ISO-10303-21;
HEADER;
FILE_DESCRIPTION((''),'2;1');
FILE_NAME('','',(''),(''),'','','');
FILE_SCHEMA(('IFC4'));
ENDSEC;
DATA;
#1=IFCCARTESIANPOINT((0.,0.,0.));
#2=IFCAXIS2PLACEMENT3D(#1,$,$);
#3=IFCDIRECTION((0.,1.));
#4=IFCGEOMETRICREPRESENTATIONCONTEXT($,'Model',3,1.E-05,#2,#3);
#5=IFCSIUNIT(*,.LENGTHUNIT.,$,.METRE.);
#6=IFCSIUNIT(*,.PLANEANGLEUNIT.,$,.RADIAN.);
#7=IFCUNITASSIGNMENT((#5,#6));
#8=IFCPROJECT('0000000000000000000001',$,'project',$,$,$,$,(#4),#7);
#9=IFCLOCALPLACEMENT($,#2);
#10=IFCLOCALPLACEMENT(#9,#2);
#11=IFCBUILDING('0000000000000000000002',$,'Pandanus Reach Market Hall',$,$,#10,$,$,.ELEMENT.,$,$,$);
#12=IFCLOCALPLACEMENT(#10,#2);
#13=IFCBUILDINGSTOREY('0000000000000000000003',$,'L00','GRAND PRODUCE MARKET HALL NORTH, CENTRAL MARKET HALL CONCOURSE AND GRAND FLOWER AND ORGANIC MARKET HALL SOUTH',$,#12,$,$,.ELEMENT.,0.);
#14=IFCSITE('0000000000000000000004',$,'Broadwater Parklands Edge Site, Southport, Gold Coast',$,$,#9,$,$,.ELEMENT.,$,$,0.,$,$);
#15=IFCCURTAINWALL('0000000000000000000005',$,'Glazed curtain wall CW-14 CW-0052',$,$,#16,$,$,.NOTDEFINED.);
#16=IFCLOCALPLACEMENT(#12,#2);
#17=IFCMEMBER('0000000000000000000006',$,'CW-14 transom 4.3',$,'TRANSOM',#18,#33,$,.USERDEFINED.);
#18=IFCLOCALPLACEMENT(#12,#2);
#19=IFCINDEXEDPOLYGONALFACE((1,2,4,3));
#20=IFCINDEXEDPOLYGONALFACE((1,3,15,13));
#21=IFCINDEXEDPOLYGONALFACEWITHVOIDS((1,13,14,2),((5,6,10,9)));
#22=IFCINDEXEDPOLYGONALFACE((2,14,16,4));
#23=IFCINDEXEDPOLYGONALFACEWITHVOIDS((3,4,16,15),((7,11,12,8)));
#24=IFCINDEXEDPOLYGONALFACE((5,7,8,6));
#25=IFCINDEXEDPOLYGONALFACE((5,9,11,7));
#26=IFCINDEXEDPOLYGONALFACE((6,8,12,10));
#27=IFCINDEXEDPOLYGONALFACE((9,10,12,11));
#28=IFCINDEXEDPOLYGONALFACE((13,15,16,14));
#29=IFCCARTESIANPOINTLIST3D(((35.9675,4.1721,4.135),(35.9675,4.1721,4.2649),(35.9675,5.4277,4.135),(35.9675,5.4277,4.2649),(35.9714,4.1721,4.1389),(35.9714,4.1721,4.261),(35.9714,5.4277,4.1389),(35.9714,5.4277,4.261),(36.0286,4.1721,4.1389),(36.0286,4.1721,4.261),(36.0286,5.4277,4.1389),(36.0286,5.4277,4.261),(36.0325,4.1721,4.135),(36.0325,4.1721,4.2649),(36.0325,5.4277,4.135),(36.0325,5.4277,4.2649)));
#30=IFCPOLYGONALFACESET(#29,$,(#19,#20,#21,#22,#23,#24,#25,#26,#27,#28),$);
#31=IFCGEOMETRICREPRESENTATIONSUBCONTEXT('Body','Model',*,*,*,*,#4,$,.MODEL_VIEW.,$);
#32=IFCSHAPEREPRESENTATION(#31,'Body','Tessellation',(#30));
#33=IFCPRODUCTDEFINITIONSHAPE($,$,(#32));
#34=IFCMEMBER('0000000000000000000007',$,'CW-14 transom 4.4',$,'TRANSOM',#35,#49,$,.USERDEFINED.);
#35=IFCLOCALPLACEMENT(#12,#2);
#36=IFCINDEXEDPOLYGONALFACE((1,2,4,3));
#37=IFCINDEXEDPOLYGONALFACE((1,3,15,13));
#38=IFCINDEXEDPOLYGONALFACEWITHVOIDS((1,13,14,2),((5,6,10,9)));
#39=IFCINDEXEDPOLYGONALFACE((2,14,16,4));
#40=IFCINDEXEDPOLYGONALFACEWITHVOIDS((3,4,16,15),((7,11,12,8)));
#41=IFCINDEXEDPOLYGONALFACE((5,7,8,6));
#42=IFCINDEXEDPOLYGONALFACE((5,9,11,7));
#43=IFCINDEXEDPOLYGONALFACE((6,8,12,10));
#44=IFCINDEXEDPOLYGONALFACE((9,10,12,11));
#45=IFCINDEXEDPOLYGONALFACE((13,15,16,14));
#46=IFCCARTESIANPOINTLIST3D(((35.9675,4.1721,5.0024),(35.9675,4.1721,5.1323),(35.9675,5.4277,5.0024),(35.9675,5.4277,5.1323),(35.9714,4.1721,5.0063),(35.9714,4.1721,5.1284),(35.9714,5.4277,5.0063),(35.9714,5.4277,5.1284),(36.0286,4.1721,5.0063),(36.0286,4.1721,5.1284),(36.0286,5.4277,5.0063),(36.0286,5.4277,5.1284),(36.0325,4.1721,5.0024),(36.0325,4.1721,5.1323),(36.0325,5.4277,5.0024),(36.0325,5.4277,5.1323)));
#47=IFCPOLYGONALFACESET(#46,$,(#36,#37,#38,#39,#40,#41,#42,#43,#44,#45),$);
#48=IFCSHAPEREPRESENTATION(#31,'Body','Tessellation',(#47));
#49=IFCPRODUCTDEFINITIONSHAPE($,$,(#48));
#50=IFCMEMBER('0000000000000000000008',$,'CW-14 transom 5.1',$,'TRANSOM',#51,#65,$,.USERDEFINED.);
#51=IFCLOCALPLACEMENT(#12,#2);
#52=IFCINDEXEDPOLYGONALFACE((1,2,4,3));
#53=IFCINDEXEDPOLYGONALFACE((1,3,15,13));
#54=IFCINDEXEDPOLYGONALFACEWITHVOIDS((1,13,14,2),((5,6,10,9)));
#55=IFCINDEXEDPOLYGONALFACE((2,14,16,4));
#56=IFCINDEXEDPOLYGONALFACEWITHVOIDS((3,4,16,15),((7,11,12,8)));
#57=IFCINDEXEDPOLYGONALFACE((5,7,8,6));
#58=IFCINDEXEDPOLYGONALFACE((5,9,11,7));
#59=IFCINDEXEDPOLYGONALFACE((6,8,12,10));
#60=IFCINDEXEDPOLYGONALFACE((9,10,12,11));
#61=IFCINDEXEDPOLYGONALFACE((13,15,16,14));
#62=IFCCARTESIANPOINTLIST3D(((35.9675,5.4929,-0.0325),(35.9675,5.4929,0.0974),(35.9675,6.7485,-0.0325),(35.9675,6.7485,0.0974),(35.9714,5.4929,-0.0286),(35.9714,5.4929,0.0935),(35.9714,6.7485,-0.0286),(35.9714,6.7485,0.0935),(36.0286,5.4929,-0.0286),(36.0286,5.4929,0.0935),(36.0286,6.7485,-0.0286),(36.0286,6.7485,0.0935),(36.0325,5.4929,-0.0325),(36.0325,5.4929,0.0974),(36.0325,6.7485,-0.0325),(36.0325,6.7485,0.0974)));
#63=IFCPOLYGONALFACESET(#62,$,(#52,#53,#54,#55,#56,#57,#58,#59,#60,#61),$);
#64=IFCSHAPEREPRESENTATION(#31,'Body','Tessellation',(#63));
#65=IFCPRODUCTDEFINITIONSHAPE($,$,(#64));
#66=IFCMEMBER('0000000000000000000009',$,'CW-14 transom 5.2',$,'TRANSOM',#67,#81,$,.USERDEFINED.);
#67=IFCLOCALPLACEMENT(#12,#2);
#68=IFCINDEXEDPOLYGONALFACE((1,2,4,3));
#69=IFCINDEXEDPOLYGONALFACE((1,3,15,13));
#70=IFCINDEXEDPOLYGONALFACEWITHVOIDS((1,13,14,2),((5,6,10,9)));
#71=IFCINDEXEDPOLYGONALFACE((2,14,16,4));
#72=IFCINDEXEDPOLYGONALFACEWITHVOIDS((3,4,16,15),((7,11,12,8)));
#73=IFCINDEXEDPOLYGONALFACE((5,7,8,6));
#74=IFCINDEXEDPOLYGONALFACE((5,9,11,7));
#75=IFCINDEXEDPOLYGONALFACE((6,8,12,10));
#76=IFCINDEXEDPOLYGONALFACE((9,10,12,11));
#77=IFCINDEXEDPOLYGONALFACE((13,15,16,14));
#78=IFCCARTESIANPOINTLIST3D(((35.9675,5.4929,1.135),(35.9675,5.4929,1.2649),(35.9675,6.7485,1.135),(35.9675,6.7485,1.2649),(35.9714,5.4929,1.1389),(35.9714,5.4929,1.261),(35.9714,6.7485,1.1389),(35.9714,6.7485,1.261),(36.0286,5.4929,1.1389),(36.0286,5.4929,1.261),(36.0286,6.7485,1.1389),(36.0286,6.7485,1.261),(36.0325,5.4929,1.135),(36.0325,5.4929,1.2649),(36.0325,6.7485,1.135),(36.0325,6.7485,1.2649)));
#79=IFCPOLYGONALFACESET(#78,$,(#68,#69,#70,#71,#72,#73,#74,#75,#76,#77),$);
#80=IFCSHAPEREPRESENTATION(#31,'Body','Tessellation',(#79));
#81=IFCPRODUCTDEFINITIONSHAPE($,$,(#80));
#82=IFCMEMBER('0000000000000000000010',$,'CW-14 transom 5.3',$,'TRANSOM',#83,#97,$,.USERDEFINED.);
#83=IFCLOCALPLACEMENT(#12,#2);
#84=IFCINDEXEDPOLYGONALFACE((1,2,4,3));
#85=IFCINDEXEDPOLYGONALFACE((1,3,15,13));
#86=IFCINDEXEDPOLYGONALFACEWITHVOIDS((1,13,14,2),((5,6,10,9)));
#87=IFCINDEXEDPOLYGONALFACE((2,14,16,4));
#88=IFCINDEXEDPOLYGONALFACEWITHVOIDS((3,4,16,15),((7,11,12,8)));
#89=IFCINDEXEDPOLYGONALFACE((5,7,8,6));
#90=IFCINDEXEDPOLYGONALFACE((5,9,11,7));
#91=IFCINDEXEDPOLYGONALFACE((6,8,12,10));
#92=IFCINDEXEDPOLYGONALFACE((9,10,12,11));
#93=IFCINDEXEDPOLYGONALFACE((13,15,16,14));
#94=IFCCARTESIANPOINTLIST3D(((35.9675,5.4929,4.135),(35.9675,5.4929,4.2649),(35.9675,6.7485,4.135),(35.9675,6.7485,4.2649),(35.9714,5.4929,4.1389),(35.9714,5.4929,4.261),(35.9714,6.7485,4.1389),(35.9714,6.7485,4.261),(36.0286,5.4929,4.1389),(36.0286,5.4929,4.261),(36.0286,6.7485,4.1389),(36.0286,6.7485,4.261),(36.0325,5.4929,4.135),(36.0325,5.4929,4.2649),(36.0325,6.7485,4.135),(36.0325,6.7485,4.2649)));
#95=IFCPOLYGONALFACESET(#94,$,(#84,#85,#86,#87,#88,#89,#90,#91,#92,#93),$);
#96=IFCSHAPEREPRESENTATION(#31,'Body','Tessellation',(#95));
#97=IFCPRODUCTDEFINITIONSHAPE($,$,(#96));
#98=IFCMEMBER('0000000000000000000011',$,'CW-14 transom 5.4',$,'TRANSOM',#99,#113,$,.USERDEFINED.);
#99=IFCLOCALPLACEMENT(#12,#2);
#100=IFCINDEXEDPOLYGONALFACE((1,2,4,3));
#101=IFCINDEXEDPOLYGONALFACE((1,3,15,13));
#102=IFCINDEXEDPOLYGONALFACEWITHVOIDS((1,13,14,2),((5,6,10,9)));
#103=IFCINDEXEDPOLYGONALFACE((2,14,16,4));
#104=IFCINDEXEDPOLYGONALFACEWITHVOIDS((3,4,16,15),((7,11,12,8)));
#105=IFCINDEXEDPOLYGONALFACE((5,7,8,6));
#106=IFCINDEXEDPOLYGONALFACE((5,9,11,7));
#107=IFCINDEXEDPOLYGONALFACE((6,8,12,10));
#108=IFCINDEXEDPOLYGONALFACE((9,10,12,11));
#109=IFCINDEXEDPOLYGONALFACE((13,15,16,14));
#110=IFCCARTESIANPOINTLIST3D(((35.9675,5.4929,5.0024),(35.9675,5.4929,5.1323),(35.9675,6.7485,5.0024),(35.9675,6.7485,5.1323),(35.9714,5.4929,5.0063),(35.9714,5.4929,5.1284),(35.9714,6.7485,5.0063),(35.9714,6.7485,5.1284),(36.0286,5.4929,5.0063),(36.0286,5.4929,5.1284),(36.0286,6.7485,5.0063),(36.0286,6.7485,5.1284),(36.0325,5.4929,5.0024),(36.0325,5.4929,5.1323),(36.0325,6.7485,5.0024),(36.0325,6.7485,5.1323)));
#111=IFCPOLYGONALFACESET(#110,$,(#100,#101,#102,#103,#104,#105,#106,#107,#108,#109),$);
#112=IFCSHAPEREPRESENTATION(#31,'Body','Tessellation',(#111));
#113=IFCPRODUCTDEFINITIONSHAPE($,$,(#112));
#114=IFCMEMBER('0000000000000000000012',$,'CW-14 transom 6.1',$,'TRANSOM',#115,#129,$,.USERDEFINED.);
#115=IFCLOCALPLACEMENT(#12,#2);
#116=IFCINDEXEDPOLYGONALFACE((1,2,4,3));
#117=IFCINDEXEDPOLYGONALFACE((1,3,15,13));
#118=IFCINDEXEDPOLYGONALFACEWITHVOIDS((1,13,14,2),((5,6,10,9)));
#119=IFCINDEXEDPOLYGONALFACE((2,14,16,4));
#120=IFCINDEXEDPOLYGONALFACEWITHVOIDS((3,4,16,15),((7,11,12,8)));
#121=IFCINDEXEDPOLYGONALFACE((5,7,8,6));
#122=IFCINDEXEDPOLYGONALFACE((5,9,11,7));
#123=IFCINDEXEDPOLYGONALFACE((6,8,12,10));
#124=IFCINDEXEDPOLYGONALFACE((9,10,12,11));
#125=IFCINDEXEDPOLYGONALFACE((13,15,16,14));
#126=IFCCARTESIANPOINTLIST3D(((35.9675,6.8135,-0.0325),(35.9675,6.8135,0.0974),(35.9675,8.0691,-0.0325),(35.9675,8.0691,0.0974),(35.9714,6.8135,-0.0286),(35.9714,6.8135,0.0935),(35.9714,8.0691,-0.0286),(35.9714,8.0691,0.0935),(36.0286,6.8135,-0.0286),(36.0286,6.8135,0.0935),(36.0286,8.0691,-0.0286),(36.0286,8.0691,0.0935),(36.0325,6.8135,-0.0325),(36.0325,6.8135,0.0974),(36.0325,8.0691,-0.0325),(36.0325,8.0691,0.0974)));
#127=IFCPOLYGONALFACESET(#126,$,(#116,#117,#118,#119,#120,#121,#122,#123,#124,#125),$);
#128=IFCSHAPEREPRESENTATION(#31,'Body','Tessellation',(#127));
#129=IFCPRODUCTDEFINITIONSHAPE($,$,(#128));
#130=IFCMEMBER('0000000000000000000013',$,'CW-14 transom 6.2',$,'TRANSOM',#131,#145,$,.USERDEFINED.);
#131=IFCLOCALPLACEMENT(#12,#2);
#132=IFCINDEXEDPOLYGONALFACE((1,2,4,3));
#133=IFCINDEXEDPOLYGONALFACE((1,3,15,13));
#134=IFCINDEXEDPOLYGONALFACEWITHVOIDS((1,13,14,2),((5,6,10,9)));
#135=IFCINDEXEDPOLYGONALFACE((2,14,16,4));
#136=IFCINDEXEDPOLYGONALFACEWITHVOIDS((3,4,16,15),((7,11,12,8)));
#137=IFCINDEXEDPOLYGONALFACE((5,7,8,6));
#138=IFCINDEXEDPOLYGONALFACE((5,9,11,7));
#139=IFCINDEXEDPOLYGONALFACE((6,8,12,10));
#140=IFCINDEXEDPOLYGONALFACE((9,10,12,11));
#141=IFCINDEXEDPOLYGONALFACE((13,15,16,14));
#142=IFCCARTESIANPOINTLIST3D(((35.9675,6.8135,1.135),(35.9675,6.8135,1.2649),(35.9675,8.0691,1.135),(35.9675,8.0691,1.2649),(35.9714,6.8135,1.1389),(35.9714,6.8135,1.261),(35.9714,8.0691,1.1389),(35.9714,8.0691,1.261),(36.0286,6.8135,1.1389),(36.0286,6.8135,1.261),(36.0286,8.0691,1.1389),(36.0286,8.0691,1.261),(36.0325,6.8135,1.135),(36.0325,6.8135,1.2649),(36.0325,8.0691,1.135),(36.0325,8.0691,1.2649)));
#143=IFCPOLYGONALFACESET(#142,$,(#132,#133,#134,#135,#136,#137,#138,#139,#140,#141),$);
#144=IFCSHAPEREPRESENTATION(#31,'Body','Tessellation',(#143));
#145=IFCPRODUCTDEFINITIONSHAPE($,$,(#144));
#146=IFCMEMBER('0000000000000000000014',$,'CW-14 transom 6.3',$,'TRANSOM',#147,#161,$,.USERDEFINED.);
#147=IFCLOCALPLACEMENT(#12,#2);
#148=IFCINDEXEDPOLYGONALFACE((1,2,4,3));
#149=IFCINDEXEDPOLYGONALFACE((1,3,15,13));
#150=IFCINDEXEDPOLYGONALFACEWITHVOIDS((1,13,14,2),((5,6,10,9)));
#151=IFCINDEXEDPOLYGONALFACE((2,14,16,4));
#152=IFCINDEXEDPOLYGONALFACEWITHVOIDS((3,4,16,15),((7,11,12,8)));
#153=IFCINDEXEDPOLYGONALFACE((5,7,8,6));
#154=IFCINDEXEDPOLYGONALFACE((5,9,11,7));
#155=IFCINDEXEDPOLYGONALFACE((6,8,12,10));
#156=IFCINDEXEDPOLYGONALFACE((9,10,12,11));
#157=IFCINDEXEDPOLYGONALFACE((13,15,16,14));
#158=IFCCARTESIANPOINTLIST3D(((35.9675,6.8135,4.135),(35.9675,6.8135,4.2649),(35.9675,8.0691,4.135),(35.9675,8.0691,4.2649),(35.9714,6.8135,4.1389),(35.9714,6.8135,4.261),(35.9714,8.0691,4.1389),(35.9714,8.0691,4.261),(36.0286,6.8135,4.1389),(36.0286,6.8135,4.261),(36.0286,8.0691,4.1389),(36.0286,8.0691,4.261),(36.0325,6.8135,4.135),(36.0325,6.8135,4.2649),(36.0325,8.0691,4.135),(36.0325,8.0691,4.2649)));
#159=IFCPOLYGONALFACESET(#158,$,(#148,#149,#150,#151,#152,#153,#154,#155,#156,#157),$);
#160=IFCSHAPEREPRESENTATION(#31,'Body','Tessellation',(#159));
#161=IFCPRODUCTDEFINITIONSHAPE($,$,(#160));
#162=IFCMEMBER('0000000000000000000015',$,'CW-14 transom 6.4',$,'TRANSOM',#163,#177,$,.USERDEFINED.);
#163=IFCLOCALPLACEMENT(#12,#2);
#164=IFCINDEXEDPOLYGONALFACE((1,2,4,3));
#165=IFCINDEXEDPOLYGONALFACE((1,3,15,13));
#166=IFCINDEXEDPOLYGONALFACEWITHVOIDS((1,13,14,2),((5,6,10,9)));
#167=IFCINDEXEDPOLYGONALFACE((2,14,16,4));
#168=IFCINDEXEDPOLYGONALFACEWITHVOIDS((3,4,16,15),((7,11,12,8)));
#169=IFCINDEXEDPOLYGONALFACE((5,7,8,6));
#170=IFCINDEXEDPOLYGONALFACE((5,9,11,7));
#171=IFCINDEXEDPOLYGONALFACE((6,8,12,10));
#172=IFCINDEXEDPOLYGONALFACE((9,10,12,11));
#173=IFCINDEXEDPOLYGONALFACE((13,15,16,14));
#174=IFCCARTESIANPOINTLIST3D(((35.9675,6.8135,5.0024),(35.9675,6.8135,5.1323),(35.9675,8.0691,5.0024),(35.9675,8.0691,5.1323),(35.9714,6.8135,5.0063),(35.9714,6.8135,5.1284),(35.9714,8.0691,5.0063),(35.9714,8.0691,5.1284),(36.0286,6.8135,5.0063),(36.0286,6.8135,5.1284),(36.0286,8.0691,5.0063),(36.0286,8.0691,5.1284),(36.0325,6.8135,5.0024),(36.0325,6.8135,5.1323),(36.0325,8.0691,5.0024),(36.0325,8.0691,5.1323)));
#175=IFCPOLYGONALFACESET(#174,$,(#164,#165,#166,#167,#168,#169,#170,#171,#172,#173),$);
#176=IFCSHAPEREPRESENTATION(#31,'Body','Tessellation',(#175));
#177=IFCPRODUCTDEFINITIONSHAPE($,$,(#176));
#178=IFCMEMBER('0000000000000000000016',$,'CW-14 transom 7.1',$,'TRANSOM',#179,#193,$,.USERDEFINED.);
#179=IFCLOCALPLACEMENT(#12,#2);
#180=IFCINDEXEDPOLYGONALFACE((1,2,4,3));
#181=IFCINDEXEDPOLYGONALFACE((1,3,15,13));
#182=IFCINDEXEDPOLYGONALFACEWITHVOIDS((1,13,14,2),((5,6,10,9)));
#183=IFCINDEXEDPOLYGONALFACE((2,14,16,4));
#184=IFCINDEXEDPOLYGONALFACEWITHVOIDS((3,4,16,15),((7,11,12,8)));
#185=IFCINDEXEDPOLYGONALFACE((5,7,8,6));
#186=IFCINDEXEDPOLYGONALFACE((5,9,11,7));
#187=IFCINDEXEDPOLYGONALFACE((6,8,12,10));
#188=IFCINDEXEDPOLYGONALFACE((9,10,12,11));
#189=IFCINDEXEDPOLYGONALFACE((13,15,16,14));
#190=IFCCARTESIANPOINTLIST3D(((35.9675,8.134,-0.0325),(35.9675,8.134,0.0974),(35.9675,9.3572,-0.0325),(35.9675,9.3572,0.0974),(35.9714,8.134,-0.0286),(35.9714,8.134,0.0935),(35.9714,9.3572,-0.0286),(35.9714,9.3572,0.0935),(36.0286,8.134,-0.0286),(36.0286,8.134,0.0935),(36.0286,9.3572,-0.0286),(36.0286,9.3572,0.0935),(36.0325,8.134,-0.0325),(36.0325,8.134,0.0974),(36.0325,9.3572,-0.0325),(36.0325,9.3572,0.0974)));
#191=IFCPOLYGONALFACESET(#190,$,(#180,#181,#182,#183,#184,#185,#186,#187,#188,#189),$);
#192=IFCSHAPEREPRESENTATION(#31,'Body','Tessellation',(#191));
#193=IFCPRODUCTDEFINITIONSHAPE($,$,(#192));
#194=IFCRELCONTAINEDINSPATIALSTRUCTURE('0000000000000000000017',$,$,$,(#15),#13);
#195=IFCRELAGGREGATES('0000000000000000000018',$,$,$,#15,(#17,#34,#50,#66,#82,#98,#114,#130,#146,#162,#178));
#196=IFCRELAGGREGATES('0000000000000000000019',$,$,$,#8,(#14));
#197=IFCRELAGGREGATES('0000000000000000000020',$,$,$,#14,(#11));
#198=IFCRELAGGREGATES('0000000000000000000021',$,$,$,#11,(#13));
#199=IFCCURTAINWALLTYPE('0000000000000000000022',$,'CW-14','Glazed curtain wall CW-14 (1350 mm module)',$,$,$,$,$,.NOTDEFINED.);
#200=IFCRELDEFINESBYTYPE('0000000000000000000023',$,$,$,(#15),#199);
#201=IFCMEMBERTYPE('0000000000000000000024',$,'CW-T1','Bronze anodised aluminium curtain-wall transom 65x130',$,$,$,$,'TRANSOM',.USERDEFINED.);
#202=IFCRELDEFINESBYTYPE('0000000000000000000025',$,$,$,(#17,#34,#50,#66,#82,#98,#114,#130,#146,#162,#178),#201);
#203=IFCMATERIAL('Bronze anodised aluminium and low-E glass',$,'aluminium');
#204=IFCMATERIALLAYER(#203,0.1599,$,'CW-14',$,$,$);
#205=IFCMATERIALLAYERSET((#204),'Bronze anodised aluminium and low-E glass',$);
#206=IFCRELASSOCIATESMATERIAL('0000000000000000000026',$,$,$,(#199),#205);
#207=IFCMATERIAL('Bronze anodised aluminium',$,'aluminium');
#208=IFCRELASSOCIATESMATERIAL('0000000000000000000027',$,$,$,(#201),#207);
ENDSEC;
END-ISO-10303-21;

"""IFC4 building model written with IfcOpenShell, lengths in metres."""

from ifc_helpers import new_model, si_unit, direction, frame, origin, origin_2d, place, context, subcontext, project, spatial, hollow_rectangle, extrude, material, layer, layer_set, material_profile, profile_set, type_object, element, aggregate, save


model = new_model("IFC4")

# Units and contexts
model_context = context("Model", 3, precision=1e-05, world=origin(), true_north=direction((0.0, 1.0)))
body_context = subcontext(model_context, "Body", "Model", "MODEL_VIEW")
ifc_project = project(units=[si_unit("LENGTHUNIT", "METRE"), si_unit("PLANEANGLEUNIT", "RADIAN")], contexts=[model_context])

# Site, building, storey
site_placement = place(None, origin())
site = spatial("IfcSite", under=ifc_project, at=site_placement, Name="Broadwater Parklands Edge Site, Southport, Gold Coast", CompositionType="ELEMENT", RefElevation=0.0)
building_placement = place(site_placement, origin())
building = spatial("IfcBuilding", under=site, at=building_placement, Name="Pandanus Reach Market Hall", CompositionType="ELEMENT")
storey_placement = place(building_placement, origin())
storey = spatial("IfcBuildingStorey", under=building, at=storey_placement, Name="L00", Description="GRAND PRODUCE MARKET HALL NORTH, CENTRAL MARKET HALL CONCOURSE AND GRAND FLOWER AND ORGANIC MARKET HALL SOUTH", CompositionType="ELEMENT", Elevation=0.0)

# Curtain wall, members
ifc_material_1 = material(Name="Bronze anodised aluminium and low-E glass", Category="aluminium")
ifc_layer_1 = layer(ifc_material_1, 0.1599, Name="CW-14")
ifc_layer_set_1 = layer_set([ifc_layer_1], Name="Bronze anodised aluminium and low-E glass")
curtain_wall_type = type_object("IfcCurtainWallType", Name="CW-14", Description="Glazed curtain wall CW-14 (1350 mm module)", PredefinedType="NOTDEFINED", material=ifc_layer_set_1)
curtain_wall_placement = place(storey_placement, origin())
curtain_wall = element("IfcCurtainWall", 1, at=curtain_wall_placement, inside=storey, type_object=curtain_wall_type, Name="Glazed curtain wall CW-14 CW-0052", PredefinedType="NOTDEFINED")
ifc_material_2 = material(Name="Bronze anodised aluminium", Category="aluminium")
ifc_material_profile_1 = material_profile(ifc_material_2, hollow_rectangle(XDim=0.0649, YDim=0.1299, WallThickness=0.0039, at=origin_2d()), Name="ALU65x130", Category="LoadBearing")
ifc_profile_set_1 = profile_set([ifc_material_profile_1], Name="Bronze anodised aluminium")
member_type_1 = type_object("IfcMemberType", Name="CW-T1", Description="Bronze anodised aluminium curtain-wall transom 65x130", ElementType="TRANSOM", PredefinedType="USERDEFINED", material=ifc_profile_set_1)
member_1_placement = place(storey_placement, frame((36.0, 4.1721, 4.2), z_axis=(0.0, 1.0, 0.0), x_axis=(-1.0, 0.0, 0.0)))
member_1 = element("IfcMember", 2, at=member_1_placement, type_object=member_type_1, Name="CW-14 transom 4.3", ObjectType="TRANSOM", PredefinedType="USERDEFINED", context=body_context, shape_type="SweptSolid", body=[
    extrude(hollow_rectangle(XDim=0.0649, YDim=0.1299, WallThickness=0.0039, at=origin_2d()), origin(), (0.0, 0.0, 1.0), 1.2556),
])
member_2_placement = place(storey_placement, frame((36.0, 4.1721, 5.0674), z_axis=(0.0, 1.0, 0.0), x_axis=(-1.0, 0.0, 0.0)))
member_2 = element("IfcMember", 3, at=member_2_placement, type_object=member_type_1, Name="CW-14 transom 4.4", ObjectType="TRANSOM", PredefinedType="USERDEFINED", context=body_context, shape_type="SweptSolid", body=[
    extrude(hollow_rectangle(XDim=0.0649, YDim=0.1299, WallThickness=0.0039, at=origin_2d()), origin(), (0.0, 0.0, 1.0), 1.2556),
])
member_3_placement = place(storey_placement, frame((36.0, 5.4929, 0.0325), z_axis=(0.0, 1.0, 0.0), x_axis=(-1.0, 0.0, 0.0)))
member_3 = element("IfcMember", 4, at=member_3_placement, type_object=member_type_1, Name="CW-14 transom 5.1", ObjectType="TRANSOM", PredefinedType="USERDEFINED", context=body_context, shape_type="SweptSolid", body=[
    extrude(hollow_rectangle(XDim=0.0649, YDim=0.1299, WallThickness=0.0039, at=origin_2d()), origin(), (0.0, 0.0, 1.0), 1.2556),
])
member_4_placement = place(storey_placement, frame((36.0, 5.4929, 1.2), z_axis=(0.0, 1.0, 0.0), x_axis=(-1.0, 0.0, 0.0)))
member_4 = element("IfcMember", 5, at=member_4_placement, type_object=member_type_1, Name="CW-14 transom 5.2", ObjectType="TRANSOM", PredefinedType="USERDEFINED", context=body_context, shape_type="SweptSolid", body=[
    extrude(hollow_rectangle(XDim=0.0649, YDim=0.1299, WallThickness=0.0039, at=origin_2d()), origin(), (0.0, 0.0, 1.0), 1.2556),
])
member_5_placement = place(storey_placement, frame((36.0, 5.4929, 4.2), z_axis=(0.0, 1.0, 0.0), x_axis=(-1.0, 0.0, 0.0)))
member_5 = element("IfcMember", 6, at=member_5_placement, type_object=member_type_1, Name="CW-14 transom 5.3", ObjectType="TRANSOM", PredefinedType="USERDEFINED", context=body_context, shape_type="SweptSolid", body=[
    extrude(hollow_rectangle(XDim=0.0649, YDim=0.1299, WallThickness=0.0039, at=origin_2d()), origin(), (0.0, 0.0, 1.0), 1.2556),
])
member_6_placement = place(storey_placement, frame((36.0, 5.4929, 5.0674), z_axis=(0.0, 1.0, 0.0), x_axis=(-1.0, 0.0, 0.0)))
member_6 = element("IfcMember", 7, at=member_6_placement, type_object=member_type_1, Name="CW-14 transom 5.4", ObjectType="TRANSOM", PredefinedType="USERDEFINED", context=body_context, shape_type="SweptSolid", body=[
    extrude(hollow_rectangle(XDim=0.0649, YDim=0.1299, WallThickness=0.0039, at=origin_2d()), origin(), (0.0, 0.0, 1.0), 1.2556),
])
member_7_placement = place(storey_placement, frame((36.0, 6.8135, 0.0325), z_axis=(0.0, 1.0, 0.0), x_axis=(-1.0, 0.0, 0.0)))
member_7 = element("IfcMember", 8, at=member_7_placement, type_object=member_type_1, Name="CW-14 transom 6.1", ObjectType="TRANSOM", PredefinedType="USERDEFINED", context=body_context, shape_type="SweptSolid", body=[
    extrude(hollow_rectangle(XDim=0.0649, YDim=0.1299, WallThickness=0.0039, at=origin_2d()), origin(), (0.0, 0.0, 1.0), 1.2556),
])
member_8_placement = place(storey_placement, frame((36.0, 6.8135, 1.2), z_axis=(0.0, 1.0, 0.0), x_axis=(-1.0, 0.0, 0.0)))
member_8 = element("IfcMember", 9, at=member_8_placement, type_object=member_type_1, Name="CW-14 transom 6.2", ObjectType="TRANSOM", PredefinedType="USERDEFINED", context=body_context, shape_type="SweptSolid", body=[
    extrude(hollow_rectangle(XDim=0.0649, YDim=0.1299, WallThickness=0.0039, at=origin_2d()), origin(), (0.0, 0.0, 1.0), 1.2556),
])
member_9_placement = place(storey_placement, frame((36.0, 6.8135, 4.2), z_axis=(0.0, 1.0, 0.0), x_axis=(-1.0, 0.0, 0.0)))
member_9 = element("IfcMember", 10, at=member_9_placement, type_object=member_type_1, Name="CW-14 transom 6.3", ObjectType="TRANSOM", PredefinedType="USERDEFINED", context=body_context, shape_type="SweptSolid", body=[
    extrude(hollow_rectangle(XDim=0.0649, YDim=0.1299, WallThickness=0.0039, at=origin_2d()), origin(), (0.0, 0.0, 1.0), 1.2556),
])
member_10_placement = place(storey_placement, frame((36.0, 6.8135, 5.0674), z_axis=(0.0, 1.0, 0.0), x_axis=(-1.0, 0.0, 0.0)))
member_10 = element("IfcMember", 11, at=member_10_placement, type_object=member_type_1, Name="CW-14 transom 6.4", ObjectType="TRANSOM", PredefinedType="USERDEFINED", context=body_context, shape_type="SweptSolid", body=[
    extrude(hollow_rectangle(XDim=0.0649, YDim=0.1299, WallThickness=0.0039, at=origin_2d()), origin(), (0.0, 0.0, 1.0), 1.2556),
])
member_11_placement = place(storey_placement, frame((36.0, 8.134, 0.0325), z_axis=(0.0, 1.0, 0.0), x_axis=(-1.0, 0.0, 0.0)))
member_11 = element("IfcMember", 12, at=member_11_placement, type_object=member_type_1, Name="CW-14 transom 7.1", ObjectType="TRANSOM", PredefinedType="USERDEFINED", context=body_context, shape_type="SweptSolid", body=[
    extrude(hollow_rectangle(XDim=0.0649, YDim=0.1299, WallThickness=0.0039, at=origin_2d()), origin(), (0.0, 0.0, 1.0), 1.2231),
])
aggregate(curtain_wall, [member_1, member_2, member_3, member_4, member_5, member_6, member_7, member_8, member_9, member_10, member_11])

save(model, "model.ifc")
